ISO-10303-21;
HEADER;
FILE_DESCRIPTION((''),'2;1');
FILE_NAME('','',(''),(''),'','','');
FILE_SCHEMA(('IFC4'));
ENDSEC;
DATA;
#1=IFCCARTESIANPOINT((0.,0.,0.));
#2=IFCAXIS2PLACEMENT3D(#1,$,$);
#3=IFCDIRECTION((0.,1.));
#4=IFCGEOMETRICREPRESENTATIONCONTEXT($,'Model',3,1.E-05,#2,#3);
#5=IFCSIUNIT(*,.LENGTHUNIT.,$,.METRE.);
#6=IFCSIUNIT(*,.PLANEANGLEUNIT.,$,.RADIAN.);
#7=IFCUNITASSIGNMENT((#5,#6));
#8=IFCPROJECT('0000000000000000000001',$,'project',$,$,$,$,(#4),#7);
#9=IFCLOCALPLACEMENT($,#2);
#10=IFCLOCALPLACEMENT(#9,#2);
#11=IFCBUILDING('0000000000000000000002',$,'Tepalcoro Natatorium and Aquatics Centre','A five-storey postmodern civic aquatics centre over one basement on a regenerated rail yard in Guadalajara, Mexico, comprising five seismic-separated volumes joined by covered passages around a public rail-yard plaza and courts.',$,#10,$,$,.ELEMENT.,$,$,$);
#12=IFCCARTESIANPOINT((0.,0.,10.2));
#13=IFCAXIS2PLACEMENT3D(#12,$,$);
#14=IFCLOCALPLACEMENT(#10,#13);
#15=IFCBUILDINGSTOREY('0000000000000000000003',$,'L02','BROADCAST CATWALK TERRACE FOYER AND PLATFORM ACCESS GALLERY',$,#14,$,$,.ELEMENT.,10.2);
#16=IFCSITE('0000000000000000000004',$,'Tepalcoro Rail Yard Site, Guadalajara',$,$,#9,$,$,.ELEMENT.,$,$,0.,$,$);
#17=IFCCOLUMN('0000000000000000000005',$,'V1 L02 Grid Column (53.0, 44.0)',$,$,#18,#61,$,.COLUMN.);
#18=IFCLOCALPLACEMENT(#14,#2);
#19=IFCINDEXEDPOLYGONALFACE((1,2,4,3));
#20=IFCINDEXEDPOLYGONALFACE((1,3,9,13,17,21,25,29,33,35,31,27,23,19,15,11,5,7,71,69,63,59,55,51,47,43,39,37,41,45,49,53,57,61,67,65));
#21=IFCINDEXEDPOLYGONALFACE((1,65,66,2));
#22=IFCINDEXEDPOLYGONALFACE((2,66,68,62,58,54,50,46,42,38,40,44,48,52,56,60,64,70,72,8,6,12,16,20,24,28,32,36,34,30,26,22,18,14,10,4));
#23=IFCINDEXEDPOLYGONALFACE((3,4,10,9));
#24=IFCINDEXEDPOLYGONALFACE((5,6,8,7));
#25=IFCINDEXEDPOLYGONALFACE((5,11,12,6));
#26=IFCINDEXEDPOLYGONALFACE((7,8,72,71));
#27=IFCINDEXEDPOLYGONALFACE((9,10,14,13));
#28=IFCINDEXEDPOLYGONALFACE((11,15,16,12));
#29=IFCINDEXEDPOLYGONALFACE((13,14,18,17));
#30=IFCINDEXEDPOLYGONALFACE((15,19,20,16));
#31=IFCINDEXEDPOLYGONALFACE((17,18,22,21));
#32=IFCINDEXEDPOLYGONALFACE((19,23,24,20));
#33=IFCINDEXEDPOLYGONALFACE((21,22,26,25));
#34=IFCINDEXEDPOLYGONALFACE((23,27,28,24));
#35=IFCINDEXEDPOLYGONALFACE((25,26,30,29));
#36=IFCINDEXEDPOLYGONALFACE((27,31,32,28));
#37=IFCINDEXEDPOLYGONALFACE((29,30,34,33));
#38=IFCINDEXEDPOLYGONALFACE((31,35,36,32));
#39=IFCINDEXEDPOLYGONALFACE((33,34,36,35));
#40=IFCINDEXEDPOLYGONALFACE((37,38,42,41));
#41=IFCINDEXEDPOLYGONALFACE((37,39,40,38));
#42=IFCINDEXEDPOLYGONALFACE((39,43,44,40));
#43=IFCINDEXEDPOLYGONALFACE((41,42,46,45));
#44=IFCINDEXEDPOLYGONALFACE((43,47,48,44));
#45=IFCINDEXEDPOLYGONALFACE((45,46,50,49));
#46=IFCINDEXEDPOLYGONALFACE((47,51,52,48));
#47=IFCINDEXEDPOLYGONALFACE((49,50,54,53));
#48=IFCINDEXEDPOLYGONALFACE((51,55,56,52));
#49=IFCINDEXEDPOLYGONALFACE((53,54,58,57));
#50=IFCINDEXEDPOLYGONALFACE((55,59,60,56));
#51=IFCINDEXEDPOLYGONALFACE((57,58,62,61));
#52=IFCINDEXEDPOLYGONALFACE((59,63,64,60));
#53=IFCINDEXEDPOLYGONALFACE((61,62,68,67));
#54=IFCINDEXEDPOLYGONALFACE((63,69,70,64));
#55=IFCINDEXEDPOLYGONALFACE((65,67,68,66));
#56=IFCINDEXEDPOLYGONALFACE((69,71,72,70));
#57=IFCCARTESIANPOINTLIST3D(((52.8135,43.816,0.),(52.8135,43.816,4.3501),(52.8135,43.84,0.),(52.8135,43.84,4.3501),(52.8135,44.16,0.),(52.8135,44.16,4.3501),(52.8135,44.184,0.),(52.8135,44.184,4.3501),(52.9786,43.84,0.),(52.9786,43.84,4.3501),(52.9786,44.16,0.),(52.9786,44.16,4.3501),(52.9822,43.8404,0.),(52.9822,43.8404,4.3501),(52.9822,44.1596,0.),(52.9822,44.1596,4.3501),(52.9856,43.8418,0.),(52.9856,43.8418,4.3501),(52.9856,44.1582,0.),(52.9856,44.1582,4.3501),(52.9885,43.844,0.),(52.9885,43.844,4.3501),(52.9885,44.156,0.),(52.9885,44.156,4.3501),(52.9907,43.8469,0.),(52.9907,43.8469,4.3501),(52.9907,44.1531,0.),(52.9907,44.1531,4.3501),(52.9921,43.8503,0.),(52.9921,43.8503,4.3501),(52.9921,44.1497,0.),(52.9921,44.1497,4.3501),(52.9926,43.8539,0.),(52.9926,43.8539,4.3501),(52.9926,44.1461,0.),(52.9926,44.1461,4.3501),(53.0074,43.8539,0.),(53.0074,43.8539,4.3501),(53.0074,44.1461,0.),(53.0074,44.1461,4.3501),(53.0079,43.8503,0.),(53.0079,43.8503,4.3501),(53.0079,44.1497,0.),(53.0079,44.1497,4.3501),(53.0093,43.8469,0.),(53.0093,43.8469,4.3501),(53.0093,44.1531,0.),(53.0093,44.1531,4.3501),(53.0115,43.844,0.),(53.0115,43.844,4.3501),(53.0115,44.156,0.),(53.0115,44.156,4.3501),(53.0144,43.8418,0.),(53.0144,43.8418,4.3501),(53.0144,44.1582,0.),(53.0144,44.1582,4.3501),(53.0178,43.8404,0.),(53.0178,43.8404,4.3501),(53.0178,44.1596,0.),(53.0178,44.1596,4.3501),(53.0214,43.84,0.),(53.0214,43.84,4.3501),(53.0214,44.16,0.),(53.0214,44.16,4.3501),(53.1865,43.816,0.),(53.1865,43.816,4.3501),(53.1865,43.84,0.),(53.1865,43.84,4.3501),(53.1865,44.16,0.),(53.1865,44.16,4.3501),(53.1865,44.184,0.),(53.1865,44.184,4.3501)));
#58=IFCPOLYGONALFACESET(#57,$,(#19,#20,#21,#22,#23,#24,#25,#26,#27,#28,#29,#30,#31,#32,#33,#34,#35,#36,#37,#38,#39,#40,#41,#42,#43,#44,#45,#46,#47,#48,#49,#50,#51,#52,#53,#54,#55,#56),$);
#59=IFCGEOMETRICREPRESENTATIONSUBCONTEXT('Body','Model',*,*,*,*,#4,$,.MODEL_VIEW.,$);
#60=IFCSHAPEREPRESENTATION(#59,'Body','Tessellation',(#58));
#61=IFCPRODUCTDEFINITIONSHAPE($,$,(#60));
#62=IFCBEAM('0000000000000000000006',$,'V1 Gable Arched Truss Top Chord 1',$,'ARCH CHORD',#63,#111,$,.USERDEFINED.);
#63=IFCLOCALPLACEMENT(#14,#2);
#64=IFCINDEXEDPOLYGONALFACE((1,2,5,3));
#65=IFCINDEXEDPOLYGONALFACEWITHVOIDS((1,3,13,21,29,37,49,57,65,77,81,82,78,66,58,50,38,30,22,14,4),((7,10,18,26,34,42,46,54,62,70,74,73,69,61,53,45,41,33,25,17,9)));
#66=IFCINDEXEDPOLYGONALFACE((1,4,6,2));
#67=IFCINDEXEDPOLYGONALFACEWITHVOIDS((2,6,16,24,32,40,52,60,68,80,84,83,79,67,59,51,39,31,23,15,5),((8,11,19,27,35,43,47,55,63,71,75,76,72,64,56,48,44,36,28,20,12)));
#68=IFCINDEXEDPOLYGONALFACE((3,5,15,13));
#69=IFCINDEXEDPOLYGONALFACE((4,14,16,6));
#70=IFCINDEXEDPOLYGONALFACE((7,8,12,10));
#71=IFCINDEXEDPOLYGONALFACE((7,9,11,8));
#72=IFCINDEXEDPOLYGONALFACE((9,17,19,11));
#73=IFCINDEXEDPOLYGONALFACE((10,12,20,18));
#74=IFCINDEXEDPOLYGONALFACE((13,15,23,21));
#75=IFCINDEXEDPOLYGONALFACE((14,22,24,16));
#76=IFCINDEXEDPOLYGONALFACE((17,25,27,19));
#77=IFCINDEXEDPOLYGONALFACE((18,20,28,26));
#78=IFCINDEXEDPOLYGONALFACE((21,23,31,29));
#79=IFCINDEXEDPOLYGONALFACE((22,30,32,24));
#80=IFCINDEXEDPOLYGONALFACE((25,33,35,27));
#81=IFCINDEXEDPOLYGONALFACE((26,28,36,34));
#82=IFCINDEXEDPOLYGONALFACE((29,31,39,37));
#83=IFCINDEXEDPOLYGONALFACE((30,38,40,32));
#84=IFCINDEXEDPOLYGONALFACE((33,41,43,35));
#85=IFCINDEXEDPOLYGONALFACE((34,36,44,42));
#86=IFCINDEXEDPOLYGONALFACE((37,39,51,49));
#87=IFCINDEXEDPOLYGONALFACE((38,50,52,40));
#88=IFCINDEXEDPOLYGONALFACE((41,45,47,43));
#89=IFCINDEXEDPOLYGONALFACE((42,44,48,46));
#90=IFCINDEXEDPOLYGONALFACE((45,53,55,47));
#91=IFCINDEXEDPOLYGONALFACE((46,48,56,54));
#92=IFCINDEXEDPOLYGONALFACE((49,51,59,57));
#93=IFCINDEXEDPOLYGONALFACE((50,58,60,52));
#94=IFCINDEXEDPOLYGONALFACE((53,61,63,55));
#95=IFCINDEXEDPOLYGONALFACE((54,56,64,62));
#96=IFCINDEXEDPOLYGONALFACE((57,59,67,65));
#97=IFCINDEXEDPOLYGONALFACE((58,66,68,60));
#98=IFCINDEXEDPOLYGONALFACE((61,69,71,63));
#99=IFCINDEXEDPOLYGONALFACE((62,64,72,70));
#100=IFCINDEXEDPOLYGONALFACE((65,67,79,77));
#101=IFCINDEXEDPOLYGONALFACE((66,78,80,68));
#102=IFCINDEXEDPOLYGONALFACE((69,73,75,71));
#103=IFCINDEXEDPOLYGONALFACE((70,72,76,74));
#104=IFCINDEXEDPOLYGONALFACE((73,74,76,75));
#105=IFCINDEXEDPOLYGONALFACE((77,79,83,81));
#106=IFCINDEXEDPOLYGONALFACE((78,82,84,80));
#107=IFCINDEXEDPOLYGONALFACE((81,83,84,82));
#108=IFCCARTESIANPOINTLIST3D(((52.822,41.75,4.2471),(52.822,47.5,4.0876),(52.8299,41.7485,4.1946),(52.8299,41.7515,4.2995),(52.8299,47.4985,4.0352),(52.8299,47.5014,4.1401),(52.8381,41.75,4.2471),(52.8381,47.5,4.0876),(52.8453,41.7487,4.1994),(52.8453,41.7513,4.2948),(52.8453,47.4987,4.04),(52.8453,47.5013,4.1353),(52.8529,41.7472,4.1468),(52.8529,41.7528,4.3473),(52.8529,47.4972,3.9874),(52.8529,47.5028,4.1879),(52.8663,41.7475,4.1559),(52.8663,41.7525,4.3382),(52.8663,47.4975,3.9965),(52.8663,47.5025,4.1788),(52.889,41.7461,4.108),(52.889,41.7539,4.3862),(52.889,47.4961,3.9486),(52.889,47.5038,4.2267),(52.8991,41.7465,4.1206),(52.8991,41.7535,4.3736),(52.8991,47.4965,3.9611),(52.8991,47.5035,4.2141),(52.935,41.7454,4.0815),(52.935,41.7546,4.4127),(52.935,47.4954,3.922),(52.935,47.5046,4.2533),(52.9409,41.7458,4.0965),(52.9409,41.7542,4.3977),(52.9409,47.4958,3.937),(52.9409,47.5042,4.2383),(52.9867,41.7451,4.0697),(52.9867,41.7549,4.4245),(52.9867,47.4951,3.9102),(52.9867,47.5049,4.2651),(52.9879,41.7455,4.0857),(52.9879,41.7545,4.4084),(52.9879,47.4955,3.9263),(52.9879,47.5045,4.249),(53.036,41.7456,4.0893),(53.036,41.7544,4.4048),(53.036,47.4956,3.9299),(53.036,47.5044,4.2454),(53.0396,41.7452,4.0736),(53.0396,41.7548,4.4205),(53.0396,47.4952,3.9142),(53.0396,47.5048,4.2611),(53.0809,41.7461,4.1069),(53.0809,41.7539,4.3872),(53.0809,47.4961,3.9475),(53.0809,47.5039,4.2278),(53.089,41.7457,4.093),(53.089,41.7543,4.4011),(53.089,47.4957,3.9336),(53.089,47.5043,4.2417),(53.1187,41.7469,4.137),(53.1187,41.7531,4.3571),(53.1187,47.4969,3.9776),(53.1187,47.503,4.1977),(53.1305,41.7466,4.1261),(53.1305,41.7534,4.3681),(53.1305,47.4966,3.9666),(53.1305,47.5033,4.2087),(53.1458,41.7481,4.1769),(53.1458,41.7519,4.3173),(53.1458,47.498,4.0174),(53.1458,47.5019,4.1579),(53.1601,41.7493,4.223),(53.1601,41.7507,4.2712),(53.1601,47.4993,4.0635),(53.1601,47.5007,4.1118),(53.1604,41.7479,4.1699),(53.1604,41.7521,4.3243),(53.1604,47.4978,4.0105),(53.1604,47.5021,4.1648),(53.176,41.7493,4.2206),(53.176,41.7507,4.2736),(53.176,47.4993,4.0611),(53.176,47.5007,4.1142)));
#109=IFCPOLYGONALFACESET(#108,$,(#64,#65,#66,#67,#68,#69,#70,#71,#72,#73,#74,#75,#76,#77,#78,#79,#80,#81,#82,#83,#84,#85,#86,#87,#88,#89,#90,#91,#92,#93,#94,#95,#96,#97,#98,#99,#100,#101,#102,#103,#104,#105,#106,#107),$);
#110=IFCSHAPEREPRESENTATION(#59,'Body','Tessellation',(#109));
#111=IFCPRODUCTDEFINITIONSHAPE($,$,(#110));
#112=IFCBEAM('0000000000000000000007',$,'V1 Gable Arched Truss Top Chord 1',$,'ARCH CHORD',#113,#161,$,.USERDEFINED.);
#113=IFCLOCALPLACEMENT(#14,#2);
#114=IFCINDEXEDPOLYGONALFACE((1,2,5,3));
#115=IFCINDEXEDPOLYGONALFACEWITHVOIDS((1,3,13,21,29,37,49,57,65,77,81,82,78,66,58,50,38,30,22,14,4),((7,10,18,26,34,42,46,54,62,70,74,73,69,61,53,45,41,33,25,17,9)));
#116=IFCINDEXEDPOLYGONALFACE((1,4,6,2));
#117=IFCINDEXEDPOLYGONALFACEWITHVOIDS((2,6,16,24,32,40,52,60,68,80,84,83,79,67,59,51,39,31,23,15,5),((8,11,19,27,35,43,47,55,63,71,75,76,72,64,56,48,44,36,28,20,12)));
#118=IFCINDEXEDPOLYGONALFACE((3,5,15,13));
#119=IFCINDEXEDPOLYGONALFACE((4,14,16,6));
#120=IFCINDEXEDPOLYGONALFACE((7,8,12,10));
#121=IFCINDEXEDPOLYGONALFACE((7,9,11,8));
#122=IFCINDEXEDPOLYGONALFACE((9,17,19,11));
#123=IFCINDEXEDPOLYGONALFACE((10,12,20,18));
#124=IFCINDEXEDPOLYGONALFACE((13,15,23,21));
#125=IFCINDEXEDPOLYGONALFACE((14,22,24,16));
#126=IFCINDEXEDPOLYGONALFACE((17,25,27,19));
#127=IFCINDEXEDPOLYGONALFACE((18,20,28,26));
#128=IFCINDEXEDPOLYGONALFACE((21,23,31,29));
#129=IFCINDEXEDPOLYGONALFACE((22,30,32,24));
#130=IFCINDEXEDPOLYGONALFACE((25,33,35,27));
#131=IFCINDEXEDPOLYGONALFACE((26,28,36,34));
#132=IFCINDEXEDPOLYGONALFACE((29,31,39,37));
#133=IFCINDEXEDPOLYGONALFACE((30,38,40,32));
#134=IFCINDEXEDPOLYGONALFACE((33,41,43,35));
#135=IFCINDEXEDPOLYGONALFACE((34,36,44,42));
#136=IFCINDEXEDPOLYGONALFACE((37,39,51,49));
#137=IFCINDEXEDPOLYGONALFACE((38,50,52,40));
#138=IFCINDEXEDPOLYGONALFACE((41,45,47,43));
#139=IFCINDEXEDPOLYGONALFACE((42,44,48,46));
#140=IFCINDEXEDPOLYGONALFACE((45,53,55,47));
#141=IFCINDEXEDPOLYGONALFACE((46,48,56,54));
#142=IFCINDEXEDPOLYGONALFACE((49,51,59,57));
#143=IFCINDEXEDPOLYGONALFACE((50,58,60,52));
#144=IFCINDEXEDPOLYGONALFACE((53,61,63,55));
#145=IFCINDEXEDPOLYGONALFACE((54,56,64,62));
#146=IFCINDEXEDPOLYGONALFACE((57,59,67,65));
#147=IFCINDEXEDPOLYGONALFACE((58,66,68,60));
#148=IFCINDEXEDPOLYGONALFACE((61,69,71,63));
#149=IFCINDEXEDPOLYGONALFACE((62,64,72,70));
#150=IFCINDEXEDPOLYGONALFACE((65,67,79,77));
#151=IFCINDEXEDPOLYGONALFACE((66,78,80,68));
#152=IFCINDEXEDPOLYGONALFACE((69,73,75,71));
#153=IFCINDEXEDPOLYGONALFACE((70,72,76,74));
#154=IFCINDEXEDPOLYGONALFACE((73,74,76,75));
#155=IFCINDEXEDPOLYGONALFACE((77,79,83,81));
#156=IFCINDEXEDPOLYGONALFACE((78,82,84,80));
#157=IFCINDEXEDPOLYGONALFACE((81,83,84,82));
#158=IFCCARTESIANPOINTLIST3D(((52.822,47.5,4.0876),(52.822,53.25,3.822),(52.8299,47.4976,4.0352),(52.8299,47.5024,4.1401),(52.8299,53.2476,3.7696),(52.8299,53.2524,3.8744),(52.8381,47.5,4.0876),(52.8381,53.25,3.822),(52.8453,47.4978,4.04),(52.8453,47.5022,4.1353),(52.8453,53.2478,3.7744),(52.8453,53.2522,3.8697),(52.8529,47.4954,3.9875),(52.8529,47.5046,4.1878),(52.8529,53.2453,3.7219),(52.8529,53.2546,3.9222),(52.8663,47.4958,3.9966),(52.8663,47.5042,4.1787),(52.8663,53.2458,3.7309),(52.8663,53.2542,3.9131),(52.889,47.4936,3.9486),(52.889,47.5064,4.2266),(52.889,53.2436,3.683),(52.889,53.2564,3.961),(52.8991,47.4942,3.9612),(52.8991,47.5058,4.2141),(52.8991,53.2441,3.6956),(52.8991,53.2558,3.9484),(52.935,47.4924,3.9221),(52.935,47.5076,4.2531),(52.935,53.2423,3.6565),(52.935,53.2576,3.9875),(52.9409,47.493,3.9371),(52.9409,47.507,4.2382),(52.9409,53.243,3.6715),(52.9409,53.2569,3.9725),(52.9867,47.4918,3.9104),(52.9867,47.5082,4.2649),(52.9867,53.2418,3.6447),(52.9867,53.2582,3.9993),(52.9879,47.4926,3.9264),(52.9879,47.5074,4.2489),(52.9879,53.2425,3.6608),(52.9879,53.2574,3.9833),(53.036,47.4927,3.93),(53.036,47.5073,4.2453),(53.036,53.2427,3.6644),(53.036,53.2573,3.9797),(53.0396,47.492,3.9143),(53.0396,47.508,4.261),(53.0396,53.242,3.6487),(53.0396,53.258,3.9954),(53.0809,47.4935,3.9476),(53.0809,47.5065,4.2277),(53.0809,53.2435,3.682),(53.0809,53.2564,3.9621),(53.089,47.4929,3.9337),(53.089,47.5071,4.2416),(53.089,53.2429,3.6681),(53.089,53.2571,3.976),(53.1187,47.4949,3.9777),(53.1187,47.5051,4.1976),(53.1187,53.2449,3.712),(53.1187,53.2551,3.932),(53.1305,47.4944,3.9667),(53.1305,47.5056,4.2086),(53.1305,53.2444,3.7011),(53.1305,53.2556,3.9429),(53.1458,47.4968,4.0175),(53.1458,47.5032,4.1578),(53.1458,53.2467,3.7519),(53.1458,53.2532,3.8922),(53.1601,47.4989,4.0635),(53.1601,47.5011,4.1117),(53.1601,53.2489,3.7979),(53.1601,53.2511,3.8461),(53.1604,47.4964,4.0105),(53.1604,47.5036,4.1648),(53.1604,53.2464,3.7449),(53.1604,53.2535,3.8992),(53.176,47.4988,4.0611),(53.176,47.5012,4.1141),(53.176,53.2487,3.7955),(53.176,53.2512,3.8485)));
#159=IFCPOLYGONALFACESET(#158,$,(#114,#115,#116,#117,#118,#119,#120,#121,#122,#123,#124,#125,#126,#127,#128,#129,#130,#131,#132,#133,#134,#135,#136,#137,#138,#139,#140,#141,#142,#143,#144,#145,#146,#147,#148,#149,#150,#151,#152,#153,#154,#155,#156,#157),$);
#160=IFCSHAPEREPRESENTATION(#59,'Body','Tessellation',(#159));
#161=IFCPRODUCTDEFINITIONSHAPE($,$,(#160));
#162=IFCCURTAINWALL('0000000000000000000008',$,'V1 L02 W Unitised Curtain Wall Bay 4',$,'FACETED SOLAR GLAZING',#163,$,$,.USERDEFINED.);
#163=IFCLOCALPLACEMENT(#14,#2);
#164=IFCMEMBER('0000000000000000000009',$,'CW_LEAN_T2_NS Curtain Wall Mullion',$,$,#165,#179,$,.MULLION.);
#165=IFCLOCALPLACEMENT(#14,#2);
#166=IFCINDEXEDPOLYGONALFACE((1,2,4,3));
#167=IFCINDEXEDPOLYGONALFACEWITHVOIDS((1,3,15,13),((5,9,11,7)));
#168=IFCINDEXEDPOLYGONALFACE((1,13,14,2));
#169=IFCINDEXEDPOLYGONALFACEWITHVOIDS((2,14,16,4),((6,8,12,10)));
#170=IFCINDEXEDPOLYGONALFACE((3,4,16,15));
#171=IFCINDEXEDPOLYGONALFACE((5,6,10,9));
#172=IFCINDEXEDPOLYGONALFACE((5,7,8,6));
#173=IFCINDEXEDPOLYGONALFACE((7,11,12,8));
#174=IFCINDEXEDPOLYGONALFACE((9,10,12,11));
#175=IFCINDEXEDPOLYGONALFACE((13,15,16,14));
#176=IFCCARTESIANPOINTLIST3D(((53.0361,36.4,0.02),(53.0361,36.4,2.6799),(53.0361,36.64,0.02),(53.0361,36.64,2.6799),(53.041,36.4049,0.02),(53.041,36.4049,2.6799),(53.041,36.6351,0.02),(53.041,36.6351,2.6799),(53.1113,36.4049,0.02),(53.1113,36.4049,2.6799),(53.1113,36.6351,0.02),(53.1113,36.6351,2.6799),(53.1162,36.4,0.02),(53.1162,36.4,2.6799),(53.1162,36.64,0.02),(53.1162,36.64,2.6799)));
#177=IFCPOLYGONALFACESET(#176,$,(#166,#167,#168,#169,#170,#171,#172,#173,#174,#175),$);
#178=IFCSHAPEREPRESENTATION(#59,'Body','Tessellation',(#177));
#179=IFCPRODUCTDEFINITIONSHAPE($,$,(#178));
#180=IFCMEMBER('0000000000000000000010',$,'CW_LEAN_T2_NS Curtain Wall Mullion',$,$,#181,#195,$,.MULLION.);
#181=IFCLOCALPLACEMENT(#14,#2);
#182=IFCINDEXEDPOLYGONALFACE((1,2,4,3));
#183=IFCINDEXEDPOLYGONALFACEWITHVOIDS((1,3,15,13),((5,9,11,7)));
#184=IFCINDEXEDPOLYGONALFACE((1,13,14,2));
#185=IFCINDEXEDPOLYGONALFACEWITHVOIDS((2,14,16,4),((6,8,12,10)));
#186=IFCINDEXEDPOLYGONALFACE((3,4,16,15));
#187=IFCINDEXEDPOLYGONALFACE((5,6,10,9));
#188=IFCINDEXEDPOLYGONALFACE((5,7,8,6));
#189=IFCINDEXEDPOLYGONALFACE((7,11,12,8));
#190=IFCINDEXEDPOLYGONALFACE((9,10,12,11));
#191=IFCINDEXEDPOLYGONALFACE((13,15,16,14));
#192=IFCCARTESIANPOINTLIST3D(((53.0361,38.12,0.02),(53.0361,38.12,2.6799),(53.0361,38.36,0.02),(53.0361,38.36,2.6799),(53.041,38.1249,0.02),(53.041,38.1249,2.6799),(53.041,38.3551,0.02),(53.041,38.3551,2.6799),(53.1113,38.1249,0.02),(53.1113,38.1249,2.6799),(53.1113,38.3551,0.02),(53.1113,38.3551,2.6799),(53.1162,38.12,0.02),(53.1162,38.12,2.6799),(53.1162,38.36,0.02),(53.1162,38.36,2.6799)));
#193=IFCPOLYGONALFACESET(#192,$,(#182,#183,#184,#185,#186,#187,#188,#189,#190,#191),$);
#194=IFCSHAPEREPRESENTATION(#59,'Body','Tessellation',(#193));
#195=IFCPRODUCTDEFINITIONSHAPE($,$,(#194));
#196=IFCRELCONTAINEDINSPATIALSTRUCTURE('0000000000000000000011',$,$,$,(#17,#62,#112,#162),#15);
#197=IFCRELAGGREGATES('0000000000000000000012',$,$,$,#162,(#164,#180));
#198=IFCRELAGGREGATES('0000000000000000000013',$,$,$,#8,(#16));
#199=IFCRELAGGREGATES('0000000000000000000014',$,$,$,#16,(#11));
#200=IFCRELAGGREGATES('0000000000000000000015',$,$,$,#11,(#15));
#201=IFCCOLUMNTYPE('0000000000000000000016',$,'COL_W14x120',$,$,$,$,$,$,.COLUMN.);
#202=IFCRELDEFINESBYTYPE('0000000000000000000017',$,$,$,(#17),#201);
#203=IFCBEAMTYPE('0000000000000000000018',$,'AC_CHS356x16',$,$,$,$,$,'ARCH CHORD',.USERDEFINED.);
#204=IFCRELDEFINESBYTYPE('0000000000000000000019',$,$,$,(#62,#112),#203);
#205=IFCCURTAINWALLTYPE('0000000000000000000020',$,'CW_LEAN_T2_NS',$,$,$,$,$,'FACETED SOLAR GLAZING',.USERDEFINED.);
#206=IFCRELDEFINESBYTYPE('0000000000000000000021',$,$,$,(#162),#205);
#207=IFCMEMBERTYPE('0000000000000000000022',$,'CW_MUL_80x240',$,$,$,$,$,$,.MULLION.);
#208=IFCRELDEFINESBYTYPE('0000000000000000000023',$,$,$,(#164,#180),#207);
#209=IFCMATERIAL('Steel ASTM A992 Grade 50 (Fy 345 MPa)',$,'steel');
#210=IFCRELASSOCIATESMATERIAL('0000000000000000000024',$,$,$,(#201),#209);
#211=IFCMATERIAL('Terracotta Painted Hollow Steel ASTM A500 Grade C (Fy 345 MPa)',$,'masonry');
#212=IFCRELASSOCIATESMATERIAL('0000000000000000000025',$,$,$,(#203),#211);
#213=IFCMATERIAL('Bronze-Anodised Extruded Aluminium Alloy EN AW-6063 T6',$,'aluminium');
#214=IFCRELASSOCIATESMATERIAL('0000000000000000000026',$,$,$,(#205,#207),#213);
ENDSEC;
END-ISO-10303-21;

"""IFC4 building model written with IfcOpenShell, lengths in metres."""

from ifc_helpers import new_model, si_unit, direction, frame, origin, origin_2d, place, context, subcontext, project, spatial, hollow_rectangle, hollow_circle, i_section, extrude, material, material_profile, profile_set, type_object, element, aggregate, save


model = new_model("IFC4")

# Units and contexts
model_context = context("Model", 3, precision=1e-05, world=origin(), true_north=direction((0.0, 1.0)))
body_context = subcontext(model_context, "Body", "Model", "MODEL_VIEW")
ifc_project = project(units=[si_unit("LENGTHUNIT", "METRE"), si_unit("PLANEANGLEUNIT", "RADIAN")], contexts=[model_context])

# Site, building, storey
site_placement = place(None, origin())
site = spatial("IfcSite", under=ifc_project, at=site_placement, Name="Tepalcoro Rail Yard Site, Guadalajara", CompositionType="ELEMENT", RefElevation=0.0)
building_placement = place(site_placement, origin())
building = spatial("IfcBuilding", under=site, at=building_placement, Name="Tepalcoro Natatorium and Aquatics Centre", Description="A five-storey postmodern civic aquatics centre over one basement on a regenerated rail yard in Guadalajara, Mexico, comprising five seismic-separated volumes joined by covered passages around a public rail-yard plaza and courts.", CompositionType="ELEMENT")
storey_placement = place(building_placement, frame((0.0, 0.0, 10.2)))
storey = spatial("IfcBuildingStorey", under=building, at=storey_placement, Name="L02", Description="BROADCAST CATWALK TERRACE FOYER AND PLATFORM ACCESS GALLERY", CompositionType="ELEMENT", Elevation=10.2)

# Column
ifc_material_1 = material(Name="Steel ASTM A992 Grade 50 (Fy 345 MPa)", Category="steel")
ifc_material_profile_1 = material_profile(ifc_material_1, i_section(OverallWidth=0.373, OverallDepth=0.3679, WebThickness=0.0149, FlangeThickness=0.0239, FilletRadius=0.0139, at=origin_2d()), Name="W14X120")
ifc_profile_set_1 = profile_set([ifc_material_profile_1], Name="Steel ASTM A992 Grade 50 (Fy 345 MPa)")
column_type = type_object("IfcColumnType", Name="COL_W14x120", PredefinedType="COLUMN", material=ifc_profile_set_1)
column_placement = place(storey_placement, frame((53.0, 44.0, 0.0), z_axis=(0.0, 0.0, 1.0), x_axis=(1.0, 0.0, 0.0)))
element("IfcColumn", 1, at=column_placement, inside=storey, type_object=column_type, Name="V1 L02 Grid Column (53.0, 44.0)", PredefinedType="COLUMN", context=body_context, shape_type="SweptSolid", body=[
    extrude(i_section(OverallWidth=0.373, OverallDepth=0.3679, WebThickness=0.0149, FlangeThickness=0.0239, FilletRadius=0.0139, at=origin_2d()), origin(), (0.0, 0.0, 1.0), 4.3501),
])

# Beams
ifc_material_2 = material(Name="Terracotta Painted Hollow Steel ASTM A500 Grade C (Fy 345 MPa)", Category="masonry")
ifc_material_profile_2 = material_profile(ifc_material_2, hollow_circle(Radius=0.178, WallThickness=0.0161, at=origin_2d()), Name="CHS356X16")
ifc_profile_set_2 = profile_set([ifc_material_profile_2], Name="Terracotta Painted Hollow Steel ASTM A500 Grade C (Fy 345 MPa)")
beam_type_1 = type_object("IfcBeamType", Name="AC_CHS356x16", ElementType="ARCH CHORD", PredefinedType="USERDEFINED", material=ifc_profile_set_2)
beam_1_placement = place(storey_placement, frame((53.0, 41.75, 4.2471), z_axis=(0.0, 0.999616, -0.027715), x_axis=(-1.0, 0.0, 0.0)))
element("IfcBeam", 2, at=beam_1_placement, inside=storey, type_object=beam_type_1, Name="V1 Gable Arched Truss Top Chord 1", ObjectType="ARCH CHORD", PredefinedType="USERDEFINED", context=body_context, shape_type="SweptSolid", body=[
    extrude(hollow_circle(Radius=0.178, WallThickness=0.0161, at=origin_2d()), origin(), (0.0, 0.0, 1.0), 5.7522),
])
beam_2_placement = place(storey_placement, frame((53.0, 47.5, 4.0876), z_axis=(0.0, 0.998935, -0.046146), x_axis=(-1.0, 0.0, 0.0)))
element("IfcBeam", 3, at=beam_2_placement, inside=storey, type_object=beam_type_1, Name="V1 Gable Arched Truss Top Chord 1", ObjectType="ARCH CHORD", PredefinedType="USERDEFINED", context=body_context, shape_type="SweptSolid", body=[
    extrude(hollow_circle(Radius=0.178, WallThickness=0.0161, at=origin_2d()), origin(), (0.0, 0.0, 1.0), 5.7561),
])

# Curtain wall, members
ifc_material_3 = material(Name="Bronze-Anodised Extruded Aluminium Alloy EN AW-6063 T6", Category="aluminium")
curtain_wall_type = type_object("IfcCurtainWallType", Name="CW_LEAN_T2_NS", ElementType="FACETED SOLAR GLAZING", PredefinedType="USERDEFINED", material=ifc_material_3)
curtain_wall_placement = place(storey_placement, origin())
curtain_wall = element("IfcCurtainWall", 4, at=curtain_wall_placement, inside=storey, type_object=curtain_wall_type, Name="V1 L02 W Unitised Curtain Wall Bay 4", ObjectType="FACETED SOLAR GLAZING", PredefinedType="USERDEFINED")
ifc_material_profile_3 = material_profile(ifc_material_3, hollow_rectangle(XDim=0.0801, YDim=0.24, WallThickness=0.0049, at=origin_2d()), Name="AL80X240X5")
ifc_profile_set_3 = profile_set([ifc_material_profile_3], Name="Bronze-Anodised Extruded Aluminium Alloy EN AW-6063 T6")
member_type_1 = type_object("IfcMemberType", Name="CW_MUL_80x240", PredefinedType="MULLION", material=ifc_profile_set_3)
member_1_placement = place(storey_placement, frame((53.0762, 36.52, 0.02), z_axis=(0.0, 0.0, 1.0), x_axis=(1.0, 0.0, 0.0)))
member_1 = element("IfcMember", 5, at=member_1_placement, type_object=member_type_1, Name="CW_LEAN_T2_NS Curtain Wall Mullion", PredefinedType="MULLION", context=body_context, shape_type="SweptSolid", body=[
    extrude(hollow_rectangle(XDim=0.0801, YDim=0.24, WallThickness=0.0049, at=origin_2d()), origin(), (0.0, 0.0, 1.0), 2.6599),
])
member_2_placement = place(storey_placement, frame((53.0762, 38.24, 0.02), z_axis=(0.0, 0.0, 1.0), x_axis=(1.0, 0.0, 0.0)))
member_2 = element("IfcMember", 6, at=member_2_placement, type_object=member_type_1, Name="CW_LEAN_T2_NS Curtain Wall Mullion", PredefinedType="MULLION", context=body_context, shape_type="SweptSolid", body=[
    extrude(hollow_rectangle(XDim=0.0801, YDim=0.24, WallThickness=0.0049, at=origin_2d()), origin(), (0.0, 0.0, 1.0), 2.6599),
])

aggregate(curtain_wall, [member_1, member_2])

save(model, "model.ifc")
